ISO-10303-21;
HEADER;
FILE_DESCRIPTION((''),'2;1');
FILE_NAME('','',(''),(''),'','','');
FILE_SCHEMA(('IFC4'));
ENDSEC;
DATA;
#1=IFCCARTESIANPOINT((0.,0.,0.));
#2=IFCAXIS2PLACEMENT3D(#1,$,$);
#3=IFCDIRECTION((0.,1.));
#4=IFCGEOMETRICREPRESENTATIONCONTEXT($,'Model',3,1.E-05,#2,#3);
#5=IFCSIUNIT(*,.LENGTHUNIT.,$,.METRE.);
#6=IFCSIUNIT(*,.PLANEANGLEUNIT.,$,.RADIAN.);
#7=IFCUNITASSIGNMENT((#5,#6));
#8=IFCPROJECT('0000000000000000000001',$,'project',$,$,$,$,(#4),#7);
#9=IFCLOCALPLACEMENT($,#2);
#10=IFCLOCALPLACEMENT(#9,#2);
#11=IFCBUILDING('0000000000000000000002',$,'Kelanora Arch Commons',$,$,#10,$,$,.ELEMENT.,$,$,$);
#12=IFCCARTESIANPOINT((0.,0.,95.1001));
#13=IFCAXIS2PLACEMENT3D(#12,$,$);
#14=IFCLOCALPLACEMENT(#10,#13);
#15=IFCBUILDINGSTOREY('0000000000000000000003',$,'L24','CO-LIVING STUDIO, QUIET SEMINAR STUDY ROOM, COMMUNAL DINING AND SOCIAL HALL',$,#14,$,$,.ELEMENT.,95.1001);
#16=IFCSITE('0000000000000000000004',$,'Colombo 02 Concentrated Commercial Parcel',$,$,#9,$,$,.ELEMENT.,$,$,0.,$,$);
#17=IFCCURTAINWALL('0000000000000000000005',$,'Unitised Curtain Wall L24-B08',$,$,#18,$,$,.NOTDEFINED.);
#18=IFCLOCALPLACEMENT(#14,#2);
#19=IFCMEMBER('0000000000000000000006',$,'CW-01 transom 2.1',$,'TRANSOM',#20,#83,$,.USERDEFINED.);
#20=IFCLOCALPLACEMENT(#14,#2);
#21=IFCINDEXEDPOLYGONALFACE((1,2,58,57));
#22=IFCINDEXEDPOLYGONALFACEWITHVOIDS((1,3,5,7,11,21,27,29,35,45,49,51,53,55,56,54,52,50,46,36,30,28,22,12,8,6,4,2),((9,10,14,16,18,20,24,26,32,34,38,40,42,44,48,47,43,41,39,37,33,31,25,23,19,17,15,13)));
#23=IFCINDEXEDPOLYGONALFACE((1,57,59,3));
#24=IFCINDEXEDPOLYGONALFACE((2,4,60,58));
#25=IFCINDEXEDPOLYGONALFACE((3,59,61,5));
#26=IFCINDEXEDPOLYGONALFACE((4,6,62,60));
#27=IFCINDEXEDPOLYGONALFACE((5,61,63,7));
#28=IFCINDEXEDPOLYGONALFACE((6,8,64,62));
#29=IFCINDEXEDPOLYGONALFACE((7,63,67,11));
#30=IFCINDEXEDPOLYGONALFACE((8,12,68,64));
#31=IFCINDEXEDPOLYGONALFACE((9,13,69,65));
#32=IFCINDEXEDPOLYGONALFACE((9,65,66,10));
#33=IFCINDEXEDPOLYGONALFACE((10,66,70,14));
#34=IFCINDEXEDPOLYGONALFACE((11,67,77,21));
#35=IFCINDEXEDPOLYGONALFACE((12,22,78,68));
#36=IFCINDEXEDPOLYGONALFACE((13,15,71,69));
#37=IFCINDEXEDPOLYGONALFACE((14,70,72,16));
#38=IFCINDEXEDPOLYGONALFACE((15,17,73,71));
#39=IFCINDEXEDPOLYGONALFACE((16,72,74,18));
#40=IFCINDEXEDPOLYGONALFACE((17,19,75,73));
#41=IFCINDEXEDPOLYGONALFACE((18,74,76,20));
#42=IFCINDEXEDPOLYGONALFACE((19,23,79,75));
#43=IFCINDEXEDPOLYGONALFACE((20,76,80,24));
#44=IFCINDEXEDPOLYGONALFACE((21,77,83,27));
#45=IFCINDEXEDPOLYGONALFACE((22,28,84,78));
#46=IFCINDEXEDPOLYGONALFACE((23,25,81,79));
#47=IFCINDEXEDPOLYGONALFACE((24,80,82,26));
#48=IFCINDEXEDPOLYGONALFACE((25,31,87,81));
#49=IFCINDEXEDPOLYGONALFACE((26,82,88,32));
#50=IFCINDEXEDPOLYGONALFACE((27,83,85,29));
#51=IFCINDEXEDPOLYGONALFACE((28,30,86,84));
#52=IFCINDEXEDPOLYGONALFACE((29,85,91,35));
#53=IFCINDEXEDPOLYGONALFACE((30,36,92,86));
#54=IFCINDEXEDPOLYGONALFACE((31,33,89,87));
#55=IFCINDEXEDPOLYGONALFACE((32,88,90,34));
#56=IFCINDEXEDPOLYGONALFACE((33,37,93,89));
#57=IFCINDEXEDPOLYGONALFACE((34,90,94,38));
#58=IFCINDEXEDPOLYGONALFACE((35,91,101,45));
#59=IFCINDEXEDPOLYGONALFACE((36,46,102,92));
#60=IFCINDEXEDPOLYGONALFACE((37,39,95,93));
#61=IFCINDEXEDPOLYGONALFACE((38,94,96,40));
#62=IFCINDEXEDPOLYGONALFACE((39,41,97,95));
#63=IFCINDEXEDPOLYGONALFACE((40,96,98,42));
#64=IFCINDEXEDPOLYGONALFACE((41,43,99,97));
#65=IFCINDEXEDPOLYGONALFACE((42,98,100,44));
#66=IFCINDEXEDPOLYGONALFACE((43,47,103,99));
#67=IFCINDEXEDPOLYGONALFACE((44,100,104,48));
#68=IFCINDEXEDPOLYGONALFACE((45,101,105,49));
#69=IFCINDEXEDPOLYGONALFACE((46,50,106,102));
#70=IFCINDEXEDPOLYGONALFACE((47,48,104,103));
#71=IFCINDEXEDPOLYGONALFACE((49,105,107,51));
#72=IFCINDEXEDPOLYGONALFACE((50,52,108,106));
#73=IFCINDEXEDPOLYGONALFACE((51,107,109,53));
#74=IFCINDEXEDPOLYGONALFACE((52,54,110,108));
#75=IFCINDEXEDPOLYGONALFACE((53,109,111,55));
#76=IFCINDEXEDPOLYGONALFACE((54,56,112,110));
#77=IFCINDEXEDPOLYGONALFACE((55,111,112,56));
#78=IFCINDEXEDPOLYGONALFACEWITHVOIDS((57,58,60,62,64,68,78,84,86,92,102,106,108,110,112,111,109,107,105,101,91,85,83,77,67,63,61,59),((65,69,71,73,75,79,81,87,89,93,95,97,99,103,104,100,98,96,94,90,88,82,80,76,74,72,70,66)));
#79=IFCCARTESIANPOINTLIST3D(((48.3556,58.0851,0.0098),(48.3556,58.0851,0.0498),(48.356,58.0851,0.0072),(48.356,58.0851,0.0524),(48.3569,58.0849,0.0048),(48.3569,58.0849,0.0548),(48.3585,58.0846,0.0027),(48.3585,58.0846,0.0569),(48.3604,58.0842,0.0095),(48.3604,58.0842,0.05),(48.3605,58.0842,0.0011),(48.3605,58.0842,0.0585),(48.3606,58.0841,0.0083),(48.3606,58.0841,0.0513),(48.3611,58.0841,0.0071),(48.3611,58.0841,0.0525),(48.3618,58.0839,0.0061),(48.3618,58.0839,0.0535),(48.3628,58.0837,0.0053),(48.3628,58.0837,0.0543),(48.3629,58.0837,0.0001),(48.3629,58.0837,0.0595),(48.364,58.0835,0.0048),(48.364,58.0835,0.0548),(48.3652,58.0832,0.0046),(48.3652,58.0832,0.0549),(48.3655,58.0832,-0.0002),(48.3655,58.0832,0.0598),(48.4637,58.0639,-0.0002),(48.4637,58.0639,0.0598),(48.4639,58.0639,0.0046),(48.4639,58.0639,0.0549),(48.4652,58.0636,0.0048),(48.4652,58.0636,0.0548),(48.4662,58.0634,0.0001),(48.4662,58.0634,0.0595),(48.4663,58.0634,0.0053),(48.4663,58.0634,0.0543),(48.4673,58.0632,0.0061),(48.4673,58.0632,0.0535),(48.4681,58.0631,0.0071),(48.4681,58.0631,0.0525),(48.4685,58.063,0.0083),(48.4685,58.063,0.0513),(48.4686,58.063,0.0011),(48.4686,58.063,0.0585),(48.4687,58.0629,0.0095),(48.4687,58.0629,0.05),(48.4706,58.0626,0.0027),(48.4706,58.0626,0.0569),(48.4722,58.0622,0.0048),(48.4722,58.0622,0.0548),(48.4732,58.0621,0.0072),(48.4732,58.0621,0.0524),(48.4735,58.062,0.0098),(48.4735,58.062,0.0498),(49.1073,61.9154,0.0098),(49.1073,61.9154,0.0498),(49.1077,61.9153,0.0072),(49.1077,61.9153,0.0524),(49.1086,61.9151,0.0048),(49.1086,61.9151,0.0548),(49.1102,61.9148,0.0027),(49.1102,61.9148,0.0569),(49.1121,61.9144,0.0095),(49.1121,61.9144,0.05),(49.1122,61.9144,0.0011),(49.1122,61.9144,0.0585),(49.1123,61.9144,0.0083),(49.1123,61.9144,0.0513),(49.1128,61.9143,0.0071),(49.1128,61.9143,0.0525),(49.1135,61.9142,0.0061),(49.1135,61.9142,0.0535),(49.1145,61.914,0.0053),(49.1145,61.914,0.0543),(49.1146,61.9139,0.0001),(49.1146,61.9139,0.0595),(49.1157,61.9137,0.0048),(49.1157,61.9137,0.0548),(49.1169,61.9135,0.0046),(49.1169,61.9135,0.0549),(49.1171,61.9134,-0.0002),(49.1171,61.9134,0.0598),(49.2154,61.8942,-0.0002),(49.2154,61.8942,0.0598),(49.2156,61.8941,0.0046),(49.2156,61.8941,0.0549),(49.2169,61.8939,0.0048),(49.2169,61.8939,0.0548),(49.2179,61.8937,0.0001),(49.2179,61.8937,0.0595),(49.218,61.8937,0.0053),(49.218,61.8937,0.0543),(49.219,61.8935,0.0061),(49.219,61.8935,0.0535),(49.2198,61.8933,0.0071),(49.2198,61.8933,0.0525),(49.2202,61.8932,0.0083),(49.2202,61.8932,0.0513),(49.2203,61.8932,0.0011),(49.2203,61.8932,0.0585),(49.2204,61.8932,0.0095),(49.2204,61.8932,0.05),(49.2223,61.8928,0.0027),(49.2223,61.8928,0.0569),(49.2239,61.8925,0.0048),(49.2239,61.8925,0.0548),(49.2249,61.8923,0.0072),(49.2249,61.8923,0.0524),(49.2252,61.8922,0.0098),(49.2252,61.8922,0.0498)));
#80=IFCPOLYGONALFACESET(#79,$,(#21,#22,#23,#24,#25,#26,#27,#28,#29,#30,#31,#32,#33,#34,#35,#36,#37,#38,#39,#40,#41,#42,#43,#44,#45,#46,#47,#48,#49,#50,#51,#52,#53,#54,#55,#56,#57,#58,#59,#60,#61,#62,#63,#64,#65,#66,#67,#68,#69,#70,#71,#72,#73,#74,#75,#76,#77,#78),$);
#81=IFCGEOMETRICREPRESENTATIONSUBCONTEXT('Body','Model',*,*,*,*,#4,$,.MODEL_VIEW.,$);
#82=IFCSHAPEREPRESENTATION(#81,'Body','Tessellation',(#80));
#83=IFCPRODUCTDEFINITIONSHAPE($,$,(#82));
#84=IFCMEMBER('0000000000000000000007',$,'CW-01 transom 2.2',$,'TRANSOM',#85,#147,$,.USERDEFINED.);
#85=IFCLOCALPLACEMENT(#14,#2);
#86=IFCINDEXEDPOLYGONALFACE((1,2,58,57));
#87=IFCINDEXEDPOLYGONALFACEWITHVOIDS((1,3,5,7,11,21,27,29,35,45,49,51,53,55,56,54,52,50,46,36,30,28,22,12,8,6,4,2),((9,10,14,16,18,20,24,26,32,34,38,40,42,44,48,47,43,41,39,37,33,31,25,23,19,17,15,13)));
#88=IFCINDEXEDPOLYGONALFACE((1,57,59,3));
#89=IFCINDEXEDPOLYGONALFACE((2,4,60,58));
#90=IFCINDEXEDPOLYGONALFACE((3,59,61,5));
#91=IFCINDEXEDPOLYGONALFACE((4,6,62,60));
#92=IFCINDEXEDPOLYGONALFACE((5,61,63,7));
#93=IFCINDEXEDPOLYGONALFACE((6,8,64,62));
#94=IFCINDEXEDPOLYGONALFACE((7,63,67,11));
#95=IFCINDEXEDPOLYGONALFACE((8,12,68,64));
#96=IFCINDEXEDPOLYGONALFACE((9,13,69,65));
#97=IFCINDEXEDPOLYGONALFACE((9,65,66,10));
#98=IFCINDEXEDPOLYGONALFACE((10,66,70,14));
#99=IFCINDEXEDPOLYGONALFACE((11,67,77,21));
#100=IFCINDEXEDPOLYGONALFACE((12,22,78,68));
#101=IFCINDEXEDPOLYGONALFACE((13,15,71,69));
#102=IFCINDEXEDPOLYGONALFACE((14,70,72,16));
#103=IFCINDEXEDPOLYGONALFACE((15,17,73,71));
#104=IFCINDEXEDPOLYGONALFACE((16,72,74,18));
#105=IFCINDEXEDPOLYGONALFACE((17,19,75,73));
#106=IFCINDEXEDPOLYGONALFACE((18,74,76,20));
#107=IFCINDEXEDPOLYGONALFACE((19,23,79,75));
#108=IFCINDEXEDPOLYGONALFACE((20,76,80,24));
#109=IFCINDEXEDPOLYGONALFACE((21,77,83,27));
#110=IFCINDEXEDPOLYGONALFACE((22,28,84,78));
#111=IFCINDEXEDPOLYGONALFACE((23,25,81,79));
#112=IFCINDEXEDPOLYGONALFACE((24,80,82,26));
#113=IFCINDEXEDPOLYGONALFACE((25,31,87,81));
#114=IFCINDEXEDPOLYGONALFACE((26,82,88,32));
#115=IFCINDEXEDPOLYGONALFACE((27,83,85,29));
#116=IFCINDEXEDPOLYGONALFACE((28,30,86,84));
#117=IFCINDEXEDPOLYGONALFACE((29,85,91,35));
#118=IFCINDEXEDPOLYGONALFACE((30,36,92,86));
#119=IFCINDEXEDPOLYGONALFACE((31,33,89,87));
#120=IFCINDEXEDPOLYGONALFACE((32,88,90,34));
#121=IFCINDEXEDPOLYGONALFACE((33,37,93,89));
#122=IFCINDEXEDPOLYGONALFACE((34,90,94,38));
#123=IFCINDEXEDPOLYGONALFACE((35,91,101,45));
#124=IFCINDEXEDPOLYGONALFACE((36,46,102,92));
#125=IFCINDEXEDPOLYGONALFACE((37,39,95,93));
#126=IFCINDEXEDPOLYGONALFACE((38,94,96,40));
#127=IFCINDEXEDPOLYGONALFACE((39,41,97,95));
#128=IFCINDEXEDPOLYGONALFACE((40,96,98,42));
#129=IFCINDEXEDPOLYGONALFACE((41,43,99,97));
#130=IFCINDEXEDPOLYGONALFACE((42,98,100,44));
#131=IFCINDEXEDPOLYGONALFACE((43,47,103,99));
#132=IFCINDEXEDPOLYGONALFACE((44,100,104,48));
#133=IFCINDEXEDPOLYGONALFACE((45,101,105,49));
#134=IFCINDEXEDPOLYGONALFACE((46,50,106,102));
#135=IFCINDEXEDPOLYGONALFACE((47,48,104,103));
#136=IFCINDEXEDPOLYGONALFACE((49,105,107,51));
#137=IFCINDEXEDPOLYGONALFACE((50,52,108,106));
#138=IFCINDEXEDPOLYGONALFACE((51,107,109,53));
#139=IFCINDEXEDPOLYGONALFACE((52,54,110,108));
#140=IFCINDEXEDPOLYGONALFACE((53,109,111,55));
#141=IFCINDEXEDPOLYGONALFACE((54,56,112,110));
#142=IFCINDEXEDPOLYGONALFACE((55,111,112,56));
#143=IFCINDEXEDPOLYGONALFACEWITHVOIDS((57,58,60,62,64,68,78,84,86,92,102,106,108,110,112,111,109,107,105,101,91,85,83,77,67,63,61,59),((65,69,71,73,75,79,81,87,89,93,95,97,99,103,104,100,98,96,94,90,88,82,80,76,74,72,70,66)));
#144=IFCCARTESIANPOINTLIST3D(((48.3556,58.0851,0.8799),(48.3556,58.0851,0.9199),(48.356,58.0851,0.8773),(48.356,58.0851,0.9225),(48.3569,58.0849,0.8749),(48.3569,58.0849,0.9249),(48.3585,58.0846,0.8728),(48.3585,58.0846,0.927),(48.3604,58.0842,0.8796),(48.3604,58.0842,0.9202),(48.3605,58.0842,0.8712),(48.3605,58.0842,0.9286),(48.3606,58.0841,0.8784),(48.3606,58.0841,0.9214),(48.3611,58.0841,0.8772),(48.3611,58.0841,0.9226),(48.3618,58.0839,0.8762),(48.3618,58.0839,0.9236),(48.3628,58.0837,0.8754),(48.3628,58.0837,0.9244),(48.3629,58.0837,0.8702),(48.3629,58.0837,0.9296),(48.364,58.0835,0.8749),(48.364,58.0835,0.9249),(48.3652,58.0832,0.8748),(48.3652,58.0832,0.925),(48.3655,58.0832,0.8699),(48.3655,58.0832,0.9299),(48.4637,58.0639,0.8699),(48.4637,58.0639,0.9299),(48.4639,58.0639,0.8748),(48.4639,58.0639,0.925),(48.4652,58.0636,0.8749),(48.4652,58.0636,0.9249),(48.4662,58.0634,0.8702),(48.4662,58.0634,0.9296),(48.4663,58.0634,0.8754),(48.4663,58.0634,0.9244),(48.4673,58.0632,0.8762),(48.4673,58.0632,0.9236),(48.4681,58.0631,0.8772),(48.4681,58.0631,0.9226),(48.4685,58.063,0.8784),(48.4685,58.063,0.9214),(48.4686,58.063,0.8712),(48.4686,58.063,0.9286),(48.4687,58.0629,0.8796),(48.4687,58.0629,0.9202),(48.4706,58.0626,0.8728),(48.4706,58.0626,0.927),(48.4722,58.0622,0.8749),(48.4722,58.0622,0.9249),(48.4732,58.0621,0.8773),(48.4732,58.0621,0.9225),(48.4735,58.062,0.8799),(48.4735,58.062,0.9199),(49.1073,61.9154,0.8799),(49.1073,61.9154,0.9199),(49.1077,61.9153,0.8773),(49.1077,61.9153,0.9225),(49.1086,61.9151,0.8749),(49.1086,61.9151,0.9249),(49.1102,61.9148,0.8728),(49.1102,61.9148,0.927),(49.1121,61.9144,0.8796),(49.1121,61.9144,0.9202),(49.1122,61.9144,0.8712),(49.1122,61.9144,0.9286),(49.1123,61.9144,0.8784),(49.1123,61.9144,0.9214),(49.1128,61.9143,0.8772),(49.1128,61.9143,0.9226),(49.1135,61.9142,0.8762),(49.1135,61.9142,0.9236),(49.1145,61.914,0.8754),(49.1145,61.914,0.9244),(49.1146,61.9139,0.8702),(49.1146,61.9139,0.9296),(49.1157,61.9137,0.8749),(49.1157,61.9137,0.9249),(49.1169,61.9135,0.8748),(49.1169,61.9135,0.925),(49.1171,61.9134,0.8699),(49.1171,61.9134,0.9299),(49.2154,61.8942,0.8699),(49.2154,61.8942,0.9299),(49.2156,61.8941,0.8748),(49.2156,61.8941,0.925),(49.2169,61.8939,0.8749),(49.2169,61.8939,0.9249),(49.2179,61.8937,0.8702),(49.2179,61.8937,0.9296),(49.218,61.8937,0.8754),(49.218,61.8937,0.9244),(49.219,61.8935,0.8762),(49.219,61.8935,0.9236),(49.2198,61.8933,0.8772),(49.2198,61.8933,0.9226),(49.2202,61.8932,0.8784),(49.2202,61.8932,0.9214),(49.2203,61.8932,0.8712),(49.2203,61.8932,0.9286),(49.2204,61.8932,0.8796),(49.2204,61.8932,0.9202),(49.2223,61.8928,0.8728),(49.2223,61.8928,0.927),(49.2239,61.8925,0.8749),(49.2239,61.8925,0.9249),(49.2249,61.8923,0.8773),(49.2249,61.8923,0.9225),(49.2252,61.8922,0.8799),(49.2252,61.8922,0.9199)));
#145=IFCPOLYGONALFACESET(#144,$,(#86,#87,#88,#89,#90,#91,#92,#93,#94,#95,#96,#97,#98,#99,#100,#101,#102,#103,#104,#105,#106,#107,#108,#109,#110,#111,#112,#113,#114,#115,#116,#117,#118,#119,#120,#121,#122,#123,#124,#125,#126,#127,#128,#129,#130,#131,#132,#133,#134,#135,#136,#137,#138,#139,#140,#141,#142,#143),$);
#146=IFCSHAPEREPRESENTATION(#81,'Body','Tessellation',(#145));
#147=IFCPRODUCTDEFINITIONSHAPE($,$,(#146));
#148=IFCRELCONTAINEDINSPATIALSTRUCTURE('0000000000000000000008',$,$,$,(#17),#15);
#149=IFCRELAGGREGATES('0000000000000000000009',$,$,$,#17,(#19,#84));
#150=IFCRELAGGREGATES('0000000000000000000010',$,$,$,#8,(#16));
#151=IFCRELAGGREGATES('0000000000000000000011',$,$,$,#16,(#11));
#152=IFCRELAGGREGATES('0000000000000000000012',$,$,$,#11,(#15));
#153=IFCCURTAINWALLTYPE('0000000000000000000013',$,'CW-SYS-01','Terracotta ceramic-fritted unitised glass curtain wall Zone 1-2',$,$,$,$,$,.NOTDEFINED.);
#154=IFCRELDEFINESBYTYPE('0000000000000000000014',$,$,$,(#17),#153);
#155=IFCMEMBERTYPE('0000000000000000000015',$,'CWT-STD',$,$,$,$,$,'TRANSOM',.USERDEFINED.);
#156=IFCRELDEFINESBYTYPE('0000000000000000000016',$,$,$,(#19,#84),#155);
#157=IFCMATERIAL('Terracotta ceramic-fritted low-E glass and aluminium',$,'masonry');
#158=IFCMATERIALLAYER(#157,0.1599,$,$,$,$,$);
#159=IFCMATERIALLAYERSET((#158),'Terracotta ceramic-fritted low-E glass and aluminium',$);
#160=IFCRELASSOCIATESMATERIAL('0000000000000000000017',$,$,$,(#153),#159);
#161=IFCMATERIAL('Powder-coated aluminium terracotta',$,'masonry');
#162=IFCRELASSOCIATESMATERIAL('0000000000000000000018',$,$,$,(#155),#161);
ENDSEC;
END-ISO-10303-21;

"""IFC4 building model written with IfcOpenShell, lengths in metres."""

from ifc_helpers import new_model, si_unit, direction, frame, origin, origin_2d, place, context, subcontext, project, spatial, hollow_rectangle, extrude, material, layer, layer_set, material_profile, profile_set, type_object, element, aggregate, save


model = new_model("IFC4")

# Units and contexts
model_context = context("Model", 3, precision=1e-05, world=origin(), true_north=direction((0.0, 1.0)))
body_context = subcontext(model_context, "Body", "Model", "MODEL_VIEW")
ifc_project = project(units=[si_unit("LENGTHUNIT", "METRE"), si_unit("PLANEANGLEUNIT", "RADIAN")], contexts=[model_context])

# Site, building, storey
site_placement = place(None, origin())
site = spatial("IfcSite", under=ifc_project, at=site_placement, Name="Colombo 02 Concentrated Commercial Parcel", CompositionType="ELEMENT", RefElevation=0.0)
building_placement = place(site_placement, origin())
building = spatial("IfcBuilding", under=site, at=building_placement, Name="Kelanora Arch Commons", CompositionType="ELEMENT")
storey_placement = place(building_placement, frame((0.0, 0.0, 95.1001)))
storey = spatial("IfcBuildingStorey", under=building, at=storey_placement, Name="L24", Description="CO-LIVING STUDIO, QUIET SEMINAR STUDY ROOM, COMMUNAL DINING AND SOCIAL HALL", CompositionType="ELEMENT", Elevation=95.1001)

# Curtain wall, members
ifc_material_1 = material(Name="Terracotta ceramic-fritted low-E glass and aluminium", Category="masonry")
ifc_layer_1 = layer(ifc_material_1, 0.1599)
ifc_layer_set_1 = layer_set([ifc_layer_1], Name="Terracotta ceramic-fritted low-E glass and aluminium")
curtain_wall_type = type_object("IfcCurtainWallType", Name="CW-SYS-01", Description="Terracotta ceramic-fritted unitised glass curtain wall Zone 1-2", PredefinedType="NOTDEFINED", material=ifc_layer_set_1)
curtain_wall_placement = place(storey_placement, origin())
curtain_wall = element("IfcCurtainWall", 1, at=curtain_wall_placement, inside=storey, type_object=curtain_wall_type, Name="Unitised Curtain Wall L24-B08", PredefinedType="NOTDEFINED")
ifc_material_2 = material(Name="Powder-coated aluminium terracotta", Category="masonry")
ifc_material_profile_1 = material_profile(ifc_material_2, hollow_rectangle(XDim=0.1201, YDim=0.0601, WallThickness=0.0049, InnerFilletRadius=0.0049, OuterFilletRadius=0.01, at=origin_2d()), Name="CWT120x60")
ifc_profile_set_1 = profile_set([ifc_material_profile_1], Name="Powder-coated aluminium terracotta")
member_type_1 = type_object("IfcMemberType", Name="CWT-STD", ElementType="TRANSOM", PredefinedType="USERDEFINED", material=ifc_profile_set_1)
member_1_placement = place(storey_placement, frame((49.1663, 61.9038, 0.0298), z_axis=(-0.192579, -0.981282, 0.0), x_axis=(0.981282, -0.192579, 0.0)))
member_1 = element("IfcMember", 2, at=member_1_placement, type_object=member_type_1, Name="CW-01 transom 2.1", ObjectType="TRANSOM", PredefinedType="USERDEFINED", context=body_context, shape_type="SweptSolid", body=[
    extrude(hollow_rectangle(XDim=0.1201, YDim=0.0601, WallThickness=0.0049, InnerFilletRadius=0.0049, OuterFilletRadius=0.01, at=origin_2d()), origin(), (0.0, 0.0, 1.0), 3.9033),
])
member_2_placement = place(storey_placement, frame((49.1663, 61.9038, 0.8999), z_axis=(-0.192579, -0.981282, 0.0), x_axis=(0.981282, -0.192579, 0.0)))
member_2 = element("IfcMember", 3, at=member_2_placement, type_object=member_type_1, Name="CW-01 transom 2.2", ObjectType="TRANSOM", PredefinedType="USERDEFINED", context=body_context, shape_type="SweptSolid", body=[
    extrude(hollow_rectangle(XDim=0.1201, YDim=0.0601, WallThickness=0.0049, InnerFilletRadius=0.0049, OuterFilletRadius=0.01, at=origin_2d()), origin(), (0.0, 0.0, 1.0), 3.9033),
])
aggregate(curtain_wall, [member_1, member_2])

save(model, "model.ifc")
